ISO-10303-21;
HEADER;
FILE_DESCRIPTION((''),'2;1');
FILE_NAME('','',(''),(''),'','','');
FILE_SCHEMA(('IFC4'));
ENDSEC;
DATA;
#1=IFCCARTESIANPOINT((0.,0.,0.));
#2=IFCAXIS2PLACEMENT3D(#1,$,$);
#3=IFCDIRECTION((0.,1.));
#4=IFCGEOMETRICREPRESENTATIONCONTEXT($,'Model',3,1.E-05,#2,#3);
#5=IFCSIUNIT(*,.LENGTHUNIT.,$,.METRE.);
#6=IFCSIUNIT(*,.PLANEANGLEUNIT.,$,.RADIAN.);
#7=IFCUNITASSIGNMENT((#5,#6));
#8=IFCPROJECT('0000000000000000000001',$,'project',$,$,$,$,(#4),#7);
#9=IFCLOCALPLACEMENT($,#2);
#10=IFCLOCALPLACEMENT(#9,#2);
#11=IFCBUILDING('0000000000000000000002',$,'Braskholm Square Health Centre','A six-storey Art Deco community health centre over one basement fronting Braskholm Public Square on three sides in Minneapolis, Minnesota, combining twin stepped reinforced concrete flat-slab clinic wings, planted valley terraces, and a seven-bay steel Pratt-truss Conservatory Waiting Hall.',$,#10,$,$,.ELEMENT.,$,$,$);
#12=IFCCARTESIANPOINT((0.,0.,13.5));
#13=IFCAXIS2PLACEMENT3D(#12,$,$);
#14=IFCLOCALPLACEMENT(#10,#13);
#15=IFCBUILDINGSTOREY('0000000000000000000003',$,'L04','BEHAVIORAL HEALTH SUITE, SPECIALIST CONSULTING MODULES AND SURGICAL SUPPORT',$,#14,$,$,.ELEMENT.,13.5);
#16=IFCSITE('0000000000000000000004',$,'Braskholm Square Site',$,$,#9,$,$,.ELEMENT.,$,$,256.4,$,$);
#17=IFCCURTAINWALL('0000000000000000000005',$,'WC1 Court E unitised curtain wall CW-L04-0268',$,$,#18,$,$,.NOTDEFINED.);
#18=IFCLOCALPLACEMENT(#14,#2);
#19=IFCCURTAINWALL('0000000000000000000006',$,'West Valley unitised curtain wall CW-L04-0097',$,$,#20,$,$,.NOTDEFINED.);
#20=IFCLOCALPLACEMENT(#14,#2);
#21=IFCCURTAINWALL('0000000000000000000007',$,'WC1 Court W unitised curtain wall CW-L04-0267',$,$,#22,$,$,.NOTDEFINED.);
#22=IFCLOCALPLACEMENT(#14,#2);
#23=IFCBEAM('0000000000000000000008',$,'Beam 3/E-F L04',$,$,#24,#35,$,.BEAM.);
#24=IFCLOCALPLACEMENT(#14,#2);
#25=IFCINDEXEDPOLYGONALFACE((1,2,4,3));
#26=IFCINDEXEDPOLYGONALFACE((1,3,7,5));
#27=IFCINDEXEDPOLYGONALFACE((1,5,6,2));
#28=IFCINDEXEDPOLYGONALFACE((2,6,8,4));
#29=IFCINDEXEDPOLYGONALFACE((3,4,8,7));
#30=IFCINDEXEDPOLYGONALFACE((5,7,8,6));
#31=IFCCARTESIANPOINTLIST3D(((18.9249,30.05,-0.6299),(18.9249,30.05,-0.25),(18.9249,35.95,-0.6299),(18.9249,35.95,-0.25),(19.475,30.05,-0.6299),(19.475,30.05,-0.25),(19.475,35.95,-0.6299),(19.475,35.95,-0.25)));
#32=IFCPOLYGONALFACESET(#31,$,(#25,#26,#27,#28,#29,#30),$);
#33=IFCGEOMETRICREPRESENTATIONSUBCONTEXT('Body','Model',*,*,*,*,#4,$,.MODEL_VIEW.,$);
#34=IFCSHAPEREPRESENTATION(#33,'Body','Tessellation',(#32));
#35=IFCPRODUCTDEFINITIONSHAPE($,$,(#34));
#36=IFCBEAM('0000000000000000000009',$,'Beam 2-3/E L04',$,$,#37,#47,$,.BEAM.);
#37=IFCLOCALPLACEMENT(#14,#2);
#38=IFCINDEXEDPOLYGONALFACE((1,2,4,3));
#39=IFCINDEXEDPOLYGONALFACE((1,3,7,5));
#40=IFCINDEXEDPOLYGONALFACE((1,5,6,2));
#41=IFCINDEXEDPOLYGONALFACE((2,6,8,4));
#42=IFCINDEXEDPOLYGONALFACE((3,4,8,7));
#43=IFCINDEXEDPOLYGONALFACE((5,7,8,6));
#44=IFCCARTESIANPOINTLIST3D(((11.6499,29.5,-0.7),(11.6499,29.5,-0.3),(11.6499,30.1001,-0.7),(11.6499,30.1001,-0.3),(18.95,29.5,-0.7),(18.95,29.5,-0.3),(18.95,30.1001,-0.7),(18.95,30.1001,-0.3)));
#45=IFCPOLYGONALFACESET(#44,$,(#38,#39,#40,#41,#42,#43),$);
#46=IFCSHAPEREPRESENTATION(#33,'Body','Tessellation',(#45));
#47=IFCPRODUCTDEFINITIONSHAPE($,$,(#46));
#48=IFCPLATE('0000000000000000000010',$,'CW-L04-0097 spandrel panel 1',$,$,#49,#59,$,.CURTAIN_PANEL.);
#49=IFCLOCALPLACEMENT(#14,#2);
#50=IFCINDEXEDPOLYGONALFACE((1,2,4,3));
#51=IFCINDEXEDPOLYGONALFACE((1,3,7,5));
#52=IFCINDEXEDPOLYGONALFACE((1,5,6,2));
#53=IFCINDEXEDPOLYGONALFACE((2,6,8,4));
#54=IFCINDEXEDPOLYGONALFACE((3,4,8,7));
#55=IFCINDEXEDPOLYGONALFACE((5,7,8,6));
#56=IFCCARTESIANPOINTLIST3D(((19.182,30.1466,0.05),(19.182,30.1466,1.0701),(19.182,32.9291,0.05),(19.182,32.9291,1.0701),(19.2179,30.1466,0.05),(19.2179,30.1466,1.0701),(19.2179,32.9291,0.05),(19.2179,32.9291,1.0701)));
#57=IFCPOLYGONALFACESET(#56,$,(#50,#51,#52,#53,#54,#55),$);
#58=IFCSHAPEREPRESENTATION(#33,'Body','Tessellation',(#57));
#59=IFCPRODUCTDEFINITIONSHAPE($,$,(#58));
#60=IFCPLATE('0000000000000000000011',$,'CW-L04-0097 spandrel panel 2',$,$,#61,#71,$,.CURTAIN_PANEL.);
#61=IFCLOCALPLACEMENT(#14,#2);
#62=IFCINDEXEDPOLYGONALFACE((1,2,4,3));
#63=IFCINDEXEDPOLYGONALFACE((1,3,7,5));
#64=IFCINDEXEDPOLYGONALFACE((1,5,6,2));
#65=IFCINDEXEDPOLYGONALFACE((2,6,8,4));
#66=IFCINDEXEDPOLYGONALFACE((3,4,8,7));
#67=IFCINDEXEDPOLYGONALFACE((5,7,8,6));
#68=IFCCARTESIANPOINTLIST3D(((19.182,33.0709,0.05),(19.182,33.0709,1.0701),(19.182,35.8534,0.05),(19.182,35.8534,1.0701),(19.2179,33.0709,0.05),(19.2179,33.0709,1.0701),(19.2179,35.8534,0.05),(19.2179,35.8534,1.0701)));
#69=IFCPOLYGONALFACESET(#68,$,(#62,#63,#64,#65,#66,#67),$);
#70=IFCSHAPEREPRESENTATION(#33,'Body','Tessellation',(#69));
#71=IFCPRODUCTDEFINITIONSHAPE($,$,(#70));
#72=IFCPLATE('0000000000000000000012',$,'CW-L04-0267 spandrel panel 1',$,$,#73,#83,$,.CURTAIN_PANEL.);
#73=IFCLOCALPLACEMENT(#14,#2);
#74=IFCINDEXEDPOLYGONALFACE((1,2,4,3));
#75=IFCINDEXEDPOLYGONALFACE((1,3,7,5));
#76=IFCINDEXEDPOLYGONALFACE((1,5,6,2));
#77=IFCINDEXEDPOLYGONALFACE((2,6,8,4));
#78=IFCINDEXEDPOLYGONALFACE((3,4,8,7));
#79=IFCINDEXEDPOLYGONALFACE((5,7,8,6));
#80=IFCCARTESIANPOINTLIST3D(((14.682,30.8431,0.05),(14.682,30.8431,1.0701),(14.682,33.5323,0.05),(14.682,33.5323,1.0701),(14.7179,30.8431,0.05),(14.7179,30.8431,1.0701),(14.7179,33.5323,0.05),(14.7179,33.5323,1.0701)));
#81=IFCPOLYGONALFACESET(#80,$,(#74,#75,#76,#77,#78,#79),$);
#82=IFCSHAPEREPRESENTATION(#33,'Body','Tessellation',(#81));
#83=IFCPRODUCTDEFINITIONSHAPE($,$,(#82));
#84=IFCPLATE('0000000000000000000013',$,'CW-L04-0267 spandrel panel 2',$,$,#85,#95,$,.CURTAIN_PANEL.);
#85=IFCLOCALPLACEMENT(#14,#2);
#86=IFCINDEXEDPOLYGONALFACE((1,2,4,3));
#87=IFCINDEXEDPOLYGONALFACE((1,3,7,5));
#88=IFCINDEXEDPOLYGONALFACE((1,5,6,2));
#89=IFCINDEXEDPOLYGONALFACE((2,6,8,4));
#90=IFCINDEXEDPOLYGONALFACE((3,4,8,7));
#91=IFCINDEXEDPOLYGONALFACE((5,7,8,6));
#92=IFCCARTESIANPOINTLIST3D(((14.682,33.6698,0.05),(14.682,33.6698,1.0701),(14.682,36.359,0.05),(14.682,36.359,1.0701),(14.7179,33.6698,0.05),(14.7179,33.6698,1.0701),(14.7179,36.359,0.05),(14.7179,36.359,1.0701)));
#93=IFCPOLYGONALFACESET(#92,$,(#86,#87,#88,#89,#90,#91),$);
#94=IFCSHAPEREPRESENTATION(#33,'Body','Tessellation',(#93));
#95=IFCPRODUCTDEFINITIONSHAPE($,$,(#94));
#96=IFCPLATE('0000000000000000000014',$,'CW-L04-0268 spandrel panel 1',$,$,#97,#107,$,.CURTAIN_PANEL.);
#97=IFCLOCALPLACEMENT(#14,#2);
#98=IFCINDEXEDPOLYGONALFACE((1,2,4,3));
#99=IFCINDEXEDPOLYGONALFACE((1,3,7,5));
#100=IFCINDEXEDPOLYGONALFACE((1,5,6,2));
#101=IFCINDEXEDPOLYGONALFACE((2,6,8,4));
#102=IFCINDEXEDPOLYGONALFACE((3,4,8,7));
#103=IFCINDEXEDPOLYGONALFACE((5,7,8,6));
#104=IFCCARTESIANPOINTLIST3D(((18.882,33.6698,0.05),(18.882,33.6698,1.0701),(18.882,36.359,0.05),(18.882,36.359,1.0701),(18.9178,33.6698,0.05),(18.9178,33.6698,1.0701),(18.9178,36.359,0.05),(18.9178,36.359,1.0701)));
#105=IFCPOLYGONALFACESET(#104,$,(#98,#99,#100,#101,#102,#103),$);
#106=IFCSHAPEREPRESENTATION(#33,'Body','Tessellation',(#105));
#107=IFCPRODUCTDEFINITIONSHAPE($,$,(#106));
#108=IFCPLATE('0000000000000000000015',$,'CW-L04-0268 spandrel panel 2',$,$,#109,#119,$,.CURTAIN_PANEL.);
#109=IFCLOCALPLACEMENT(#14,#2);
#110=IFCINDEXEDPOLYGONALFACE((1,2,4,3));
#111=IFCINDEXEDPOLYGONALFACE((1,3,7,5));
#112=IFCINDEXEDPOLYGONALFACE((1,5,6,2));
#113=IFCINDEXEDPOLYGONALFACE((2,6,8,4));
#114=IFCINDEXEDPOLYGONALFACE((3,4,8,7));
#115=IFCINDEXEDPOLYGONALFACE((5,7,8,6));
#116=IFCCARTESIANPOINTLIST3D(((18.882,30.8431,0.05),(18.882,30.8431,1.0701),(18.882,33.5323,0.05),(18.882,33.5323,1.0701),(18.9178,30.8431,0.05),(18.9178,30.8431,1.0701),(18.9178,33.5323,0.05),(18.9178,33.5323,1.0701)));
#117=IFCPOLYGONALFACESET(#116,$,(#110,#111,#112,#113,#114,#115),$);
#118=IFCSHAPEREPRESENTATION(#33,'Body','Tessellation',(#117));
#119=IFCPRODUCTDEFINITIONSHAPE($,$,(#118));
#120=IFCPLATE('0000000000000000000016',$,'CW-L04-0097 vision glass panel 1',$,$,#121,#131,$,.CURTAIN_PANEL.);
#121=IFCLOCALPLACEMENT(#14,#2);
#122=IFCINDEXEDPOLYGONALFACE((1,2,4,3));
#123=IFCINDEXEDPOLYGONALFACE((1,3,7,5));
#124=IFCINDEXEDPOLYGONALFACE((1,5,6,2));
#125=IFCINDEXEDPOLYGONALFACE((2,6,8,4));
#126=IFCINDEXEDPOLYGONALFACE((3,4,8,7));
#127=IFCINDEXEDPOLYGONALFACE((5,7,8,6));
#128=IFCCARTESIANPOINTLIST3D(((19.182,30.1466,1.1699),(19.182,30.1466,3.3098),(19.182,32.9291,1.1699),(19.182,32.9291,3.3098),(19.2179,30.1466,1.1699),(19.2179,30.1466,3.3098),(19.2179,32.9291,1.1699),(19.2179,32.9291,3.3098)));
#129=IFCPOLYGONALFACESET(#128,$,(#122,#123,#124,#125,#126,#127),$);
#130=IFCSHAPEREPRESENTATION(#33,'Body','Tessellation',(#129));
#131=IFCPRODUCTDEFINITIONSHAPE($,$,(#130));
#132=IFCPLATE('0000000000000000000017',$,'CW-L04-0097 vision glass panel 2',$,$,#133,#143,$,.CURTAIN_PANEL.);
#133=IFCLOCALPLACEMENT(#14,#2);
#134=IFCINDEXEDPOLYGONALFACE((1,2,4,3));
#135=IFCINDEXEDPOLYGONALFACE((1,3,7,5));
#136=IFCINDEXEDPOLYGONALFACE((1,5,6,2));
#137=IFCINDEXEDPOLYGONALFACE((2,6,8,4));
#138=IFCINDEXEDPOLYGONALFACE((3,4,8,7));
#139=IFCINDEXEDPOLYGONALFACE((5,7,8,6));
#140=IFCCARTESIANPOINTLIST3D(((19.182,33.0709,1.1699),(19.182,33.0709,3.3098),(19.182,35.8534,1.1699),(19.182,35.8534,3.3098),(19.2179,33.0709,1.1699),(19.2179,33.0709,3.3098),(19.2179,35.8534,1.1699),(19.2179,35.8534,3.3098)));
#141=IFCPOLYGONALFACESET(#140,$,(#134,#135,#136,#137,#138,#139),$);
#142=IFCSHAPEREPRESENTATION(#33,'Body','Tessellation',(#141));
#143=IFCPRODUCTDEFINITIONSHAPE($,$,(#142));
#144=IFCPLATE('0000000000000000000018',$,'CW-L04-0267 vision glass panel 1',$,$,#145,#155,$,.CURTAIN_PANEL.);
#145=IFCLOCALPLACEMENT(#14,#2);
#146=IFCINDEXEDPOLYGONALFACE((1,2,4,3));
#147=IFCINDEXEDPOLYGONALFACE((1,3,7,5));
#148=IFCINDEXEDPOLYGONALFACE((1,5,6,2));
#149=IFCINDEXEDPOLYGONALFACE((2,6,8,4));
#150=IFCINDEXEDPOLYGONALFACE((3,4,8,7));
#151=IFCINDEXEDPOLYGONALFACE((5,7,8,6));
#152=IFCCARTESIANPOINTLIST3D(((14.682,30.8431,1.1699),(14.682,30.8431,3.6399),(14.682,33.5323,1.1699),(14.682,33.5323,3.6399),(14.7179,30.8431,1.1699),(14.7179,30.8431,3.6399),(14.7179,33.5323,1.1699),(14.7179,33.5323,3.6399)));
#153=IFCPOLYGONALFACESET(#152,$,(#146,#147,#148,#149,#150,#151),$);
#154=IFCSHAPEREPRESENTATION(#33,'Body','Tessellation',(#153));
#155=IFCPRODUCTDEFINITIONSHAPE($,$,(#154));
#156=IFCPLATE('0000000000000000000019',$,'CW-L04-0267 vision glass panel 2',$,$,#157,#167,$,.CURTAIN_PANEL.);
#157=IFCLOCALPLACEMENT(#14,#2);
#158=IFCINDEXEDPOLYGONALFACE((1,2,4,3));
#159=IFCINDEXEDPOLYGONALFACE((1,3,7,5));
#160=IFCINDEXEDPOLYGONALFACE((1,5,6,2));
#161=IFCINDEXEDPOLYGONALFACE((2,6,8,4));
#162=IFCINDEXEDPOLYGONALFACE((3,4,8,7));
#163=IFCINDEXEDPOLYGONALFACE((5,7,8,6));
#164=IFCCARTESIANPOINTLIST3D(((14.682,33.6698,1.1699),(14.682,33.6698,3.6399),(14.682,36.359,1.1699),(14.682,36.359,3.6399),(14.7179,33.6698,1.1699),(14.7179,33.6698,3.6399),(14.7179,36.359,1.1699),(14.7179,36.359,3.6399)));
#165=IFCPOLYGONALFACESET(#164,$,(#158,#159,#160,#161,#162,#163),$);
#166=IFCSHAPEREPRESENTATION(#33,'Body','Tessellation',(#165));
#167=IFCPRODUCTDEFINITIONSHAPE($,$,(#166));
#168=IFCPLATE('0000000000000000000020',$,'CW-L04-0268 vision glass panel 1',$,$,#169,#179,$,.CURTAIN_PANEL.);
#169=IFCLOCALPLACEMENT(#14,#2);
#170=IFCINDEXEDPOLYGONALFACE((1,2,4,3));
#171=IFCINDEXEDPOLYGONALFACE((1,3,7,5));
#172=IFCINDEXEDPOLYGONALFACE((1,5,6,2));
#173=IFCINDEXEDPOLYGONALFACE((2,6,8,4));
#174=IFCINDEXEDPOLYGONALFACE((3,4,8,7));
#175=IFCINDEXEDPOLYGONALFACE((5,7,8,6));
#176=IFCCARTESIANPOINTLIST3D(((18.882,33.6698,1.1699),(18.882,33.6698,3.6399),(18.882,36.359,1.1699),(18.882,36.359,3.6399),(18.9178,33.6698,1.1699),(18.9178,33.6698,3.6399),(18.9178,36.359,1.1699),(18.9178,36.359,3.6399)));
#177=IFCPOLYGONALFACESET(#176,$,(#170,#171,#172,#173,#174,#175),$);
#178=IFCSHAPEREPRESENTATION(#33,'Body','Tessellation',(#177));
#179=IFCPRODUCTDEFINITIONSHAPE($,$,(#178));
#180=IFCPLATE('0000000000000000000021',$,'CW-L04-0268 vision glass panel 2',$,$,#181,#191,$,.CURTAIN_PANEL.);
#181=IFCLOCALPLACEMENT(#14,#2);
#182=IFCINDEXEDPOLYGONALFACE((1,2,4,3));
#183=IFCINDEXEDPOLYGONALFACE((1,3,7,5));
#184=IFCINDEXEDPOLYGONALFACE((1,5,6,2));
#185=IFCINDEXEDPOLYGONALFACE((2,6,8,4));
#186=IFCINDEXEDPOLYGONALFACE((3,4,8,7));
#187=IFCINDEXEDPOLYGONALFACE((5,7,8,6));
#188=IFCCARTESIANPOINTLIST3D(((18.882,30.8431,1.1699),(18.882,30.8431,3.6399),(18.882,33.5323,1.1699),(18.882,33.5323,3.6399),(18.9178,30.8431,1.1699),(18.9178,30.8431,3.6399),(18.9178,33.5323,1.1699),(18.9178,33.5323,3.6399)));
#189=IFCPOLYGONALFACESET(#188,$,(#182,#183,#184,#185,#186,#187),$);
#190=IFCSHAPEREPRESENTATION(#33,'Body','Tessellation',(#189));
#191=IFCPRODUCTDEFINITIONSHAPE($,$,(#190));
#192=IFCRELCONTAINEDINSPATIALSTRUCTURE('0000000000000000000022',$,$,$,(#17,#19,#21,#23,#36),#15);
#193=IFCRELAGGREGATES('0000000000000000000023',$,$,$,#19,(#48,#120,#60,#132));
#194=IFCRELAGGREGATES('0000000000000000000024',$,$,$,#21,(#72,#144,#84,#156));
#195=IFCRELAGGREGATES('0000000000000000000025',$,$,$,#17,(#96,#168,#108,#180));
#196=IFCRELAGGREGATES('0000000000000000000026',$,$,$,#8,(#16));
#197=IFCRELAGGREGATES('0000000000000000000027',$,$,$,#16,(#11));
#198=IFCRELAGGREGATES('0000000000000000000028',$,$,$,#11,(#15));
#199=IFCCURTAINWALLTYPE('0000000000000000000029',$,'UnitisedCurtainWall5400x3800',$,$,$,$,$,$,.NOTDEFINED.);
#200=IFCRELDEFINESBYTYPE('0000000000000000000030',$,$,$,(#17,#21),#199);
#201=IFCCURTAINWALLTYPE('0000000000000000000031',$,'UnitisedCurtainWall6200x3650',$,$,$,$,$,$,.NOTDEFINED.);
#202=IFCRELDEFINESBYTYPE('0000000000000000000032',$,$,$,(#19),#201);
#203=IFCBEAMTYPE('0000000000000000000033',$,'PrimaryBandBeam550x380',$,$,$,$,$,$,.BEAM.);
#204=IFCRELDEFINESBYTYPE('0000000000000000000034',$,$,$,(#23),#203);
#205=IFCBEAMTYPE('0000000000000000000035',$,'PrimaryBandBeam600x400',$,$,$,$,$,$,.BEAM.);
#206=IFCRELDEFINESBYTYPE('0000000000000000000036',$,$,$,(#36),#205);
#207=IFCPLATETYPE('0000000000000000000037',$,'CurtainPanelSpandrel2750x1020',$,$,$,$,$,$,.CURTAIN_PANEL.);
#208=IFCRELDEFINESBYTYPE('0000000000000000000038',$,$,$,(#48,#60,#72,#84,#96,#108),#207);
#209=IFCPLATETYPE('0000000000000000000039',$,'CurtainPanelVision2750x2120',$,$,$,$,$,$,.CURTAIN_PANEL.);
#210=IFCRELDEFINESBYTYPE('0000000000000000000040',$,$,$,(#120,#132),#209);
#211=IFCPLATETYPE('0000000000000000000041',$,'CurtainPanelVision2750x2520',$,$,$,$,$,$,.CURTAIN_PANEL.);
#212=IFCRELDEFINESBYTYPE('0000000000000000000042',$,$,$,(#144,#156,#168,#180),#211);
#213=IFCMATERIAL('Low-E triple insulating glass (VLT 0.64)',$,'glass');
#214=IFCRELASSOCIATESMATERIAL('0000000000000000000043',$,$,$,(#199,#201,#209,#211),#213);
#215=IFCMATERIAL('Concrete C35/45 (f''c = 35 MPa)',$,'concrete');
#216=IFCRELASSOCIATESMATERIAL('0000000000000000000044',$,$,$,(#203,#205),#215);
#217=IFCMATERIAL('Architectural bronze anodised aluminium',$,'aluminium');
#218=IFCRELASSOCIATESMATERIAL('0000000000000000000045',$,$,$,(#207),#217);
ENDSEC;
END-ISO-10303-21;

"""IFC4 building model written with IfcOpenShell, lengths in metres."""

from ifc_helpers import new_model, si_unit, direction, frame, origin, origin_2d, place, context, subcontext, project, spatial, rectangle, extrude, material, material_profile, profile_set, type_object, element, aggregate, save


model = new_model("IFC4")

# Units and contexts
model_context = context("Model", 3, precision=1e-05, world=origin(), true_north=direction((0.0, 1.0)))
body_context = subcontext(model_context, "Body", "Model", "MODEL_VIEW")
ifc_project = project(units=[si_unit("LENGTHUNIT", "METRE"), si_unit("PLANEANGLEUNIT", "RADIAN")], contexts=[model_context])

# Site, building, storey
site_placement = place(None, origin())
site = spatial("IfcSite", under=ifc_project, at=site_placement, Name="Braskholm Square Site", CompositionType="ELEMENT", RefElevation=256.4)
building_placement = place(site_placement, origin())
building = spatial("IfcBuilding", under=site, at=building_placement, Name="Braskholm Square Health Centre", Description="A six-storey Art Deco community health centre over one basement fronting Braskholm Public Square on three sides in Minneapolis, Minnesota, combining twin stepped reinforced concrete flat-slab clinic wings, planted valley terraces, and a seven-bay steel Pratt-truss Conservatory Waiting Hall.", CompositionType="ELEMENT")
storey_placement = place(building_placement, frame((0.0, 0.0, 13.5)))
storey = spatial("IfcBuildingStorey", under=building, at=storey_placement, Name="L04", Description="BEHAVIORAL HEALTH SUITE, SPECIALIST CONSULTING MODULES AND SURGICAL SUPPORT", CompositionType="ELEMENT", Elevation=13.5)

# Curtain walls
ifc_material_1 = material(Name="Low-E triple insulating glass (VLT 0.64)", Category="glass")
curtain_wall_type_1 = type_object("IfcCurtainWallType", Name="UnitisedCurtainWall5400x3800", PredefinedType="NOTDEFINED", material=ifc_material_1)
curtain_wall_1_placement = place(storey_placement, origin())
curtain_wall_1 = element("IfcCurtainWall", 1, at=curtain_wall_1_placement, inside=storey, type_object=curtain_wall_type_1, Name="WC1 Court E unitised curtain wall CW-L04-0268", PredefinedType="NOTDEFINED")
ifc_material_2 = material(Name="Architectural bronze anodised aluminium", Category="aluminium")
curtain_wall_type_2 = type_object("IfcCurtainWallType", Name="UnitisedCurtainWall6200x3650", PredefinedType="NOTDEFINED", material=ifc_material_1)
curtain_wall_2_placement = place(storey_placement, origin())
curtain_wall_2 = element("IfcCurtainWall", 2, at=curtain_wall_2_placement, inside=storey, type_object=curtain_wall_type_2, Name="West Valley unitised curtain wall CW-L04-0097", PredefinedType="NOTDEFINED")
curtain_wall_3_placement = place(storey_placement, origin())
curtain_wall_3 = element("IfcCurtainWall", 3, at=curtain_wall_3_placement, inside=storey, type_object=curtain_wall_type_1, Name="WC1 Court W unitised curtain wall CW-L04-0267", PredefinedType="NOTDEFINED")

# Beams
ifc_material_3 = material(Name="Concrete C35/45 (f'c = 35 MPa)", Category="concrete")
ifc_material_profile_1 = material_profile(ifc_material_3, rectangle(XDim=0.55, YDim=0.3799, at=origin_2d()), Name="RCB-550X380")
ifc_profile_set_1 = profile_set([ifc_material_profile_1], Name="Concrete C35/45 (f'c = 35 MPa)")
beam_type_1 = type_object("IfcBeamType", Name="PrimaryBandBeam550x380", PredefinedType="BEAM", material=ifc_profile_set_1)
for number, where, z_axis, x_axis, name in (
    (4, (19.2, 30.05, -0.4399), (0.0, 1.0, 0.0), (-1.0, 0.0, 0.0), "Beam 3/E-F L04"),
):
    element("IfcBeam", number, at=place(storey_placement, frame(where, z_axis=z_axis, x_axis=x_axis)), inside=storey, type_object=beam_type_1, Name=name, PredefinedType="BEAM", context=body_context, shape_type="SweptSolid", body=[
        extrude(rectangle(XDim=0.55, YDim=0.3799, at=origin_2d()), origin(), (0.0, 0.0, 1.0), 5.8999),
    ])
ifc_material_profile_2 = material_profile(ifc_material_3, rectangle(XDim=0.6001, YDim=0.3999, at=origin_2d()), Name="RCB-600X400")
ifc_profile_set_2 = profile_set([ifc_material_profile_2], Name="Concrete C35/45 (f'c = 35 MPa)")
beam_type_2 = type_object("IfcBeamType", Name="PrimaryBandBeam600x400", PredefinedType="BEAM", material=ifc_profile_set_2)
beam_placement = place(storey_placement, frame((11.6499, 29.8, -0.5), z_axis=(1.0, 0.0, 0.0), x_axis=(0.0, 1.0, 0.0)))
element("IfcBeam", 5, at=beam_placement, inside=storey, type_object=beam_type_2, Name="Beam 2-3/E L04", PredefinedType="BEAM", context=body_context, shape_type="SweptSolid", body=[
    extrude(rectangle(XDim=0.6001, YDim=0.3999, at=origin_2d()), origin(), (0.0, 0.0, 1.0), 7.3),
])

# Plates
plate_type_1 = type_object("IfcPlateType", Name="CurtainPanelSpandrel2750x1020", PredefinedType="CURTAIN_PANEL", material=ifc_material_2)
plate_1_placement = place(storey_placement, frame((19.2, 31.5378, 0.05), z_axis=(0.0, 0.0, 1.0), x_axis=(0.0, 1.0, 0.0)))
plate_1 = element("IfcPlate", 6, at=plate_1_placement, type_object=plate_type_1, Name="CW-L04-0097 spandrel panel 1", PredefinedType="CURTAIN_PANEL", context=body_context, shape_type="SweptSolid", body=[
    extrude(rectangle(XDim=2.7825, YDim=0.0359, at=origin_2d()), origin(), (0.0, 0.0, 1.0), 1.02),
])
plate_2_placement = place(storey_placement, frame((19.2, 34.4622, 0.05), z_axis=(0.0, 0.0, 1.0), x_axis=(0.0, 1.0, 0.0)))
plate_2 = element("IfcPlate", 7, at=plate_2_placement, type_object=plate_type_1, Name="CW-L04-0097 spandrel panel 2", PredefinedType="CURTAIN_PANEL", context=body_context, shape_type="SweptSolid", body=[
    extrude(rectangle(XDim=2.7825, YDim=0.0359, at=origin_2d()), origin(), (0.0, 0.0, 1.0), 1.02),
])
plate_3_placement = place(storey_placement, frame((14.7, 32.1877, 0.05), z_axis=(0.0, 0.0, 1.0), x_axis=(0.0, 1.0, 0.0)))
plate_3 = element("IfcPlate", 8, at=plate_3_placement, type_object=plate_type_1, Name="CW-L04-0267 spandrel panel 1", PredefinedType="CURTAIN_PANEL", context=body_context, shape_type="SweptSolid", body=[
    extrude(rectangle(XDim=2.6892, YDim=0.0359, at=origin_2d()), origin(), (0.0, 0.0, 1.0), 1.02),
])
plate_4_placement = place(storey_placement, frame((14.7, 35.0144, 0.05), z_axis=(0.0, 0.0, 1.0), x_axis=(0.0, 1.0, 0.0)))
plate_4 = element("IfcPlate", 9, at=plate_4_placement, type_object=plate_type_1, Name="CW-L04-0267 spandrel panel 2", PredefinedType="CURTAIN_PANEL", context=body_context, shape_type="SweptSolid", body=[
    extrude(rectangle(XDim=2.6892, YDim=0.0359, at=origin_2d()), origin(), (0.0, 0.0, 1.0), 1.02),
])
plate_5_placement = place(storey_placement, frame((18.8999, 35.0144, 0.05), z_axis=(0.0, 0.0, 1.0), x_axis=(0.0, -1.0, 0.0)))
plate_5 = element("IfcPlate", 10, at=plate_5_placement, type_object=plate_type_1, Name="CW-L04-0268 spandrel panel 1", PredefinedType="CURTAIN_PANEL", context=body_context, shape_type="SweptSolid", body=[
    extrude(rectangle(XDim=2.6892, YDim=0.0359, at=origin_2d()), origin(), (0.0, 0.0, 1.0), 1.02),
])
plate_6_placement = place(storey_placement, frame((18.8999, 32.1877, 0.05), z_axis=(0.0, 0.0, 1.0), x_axis=(0.0, -1.0, 0.0)))
plate_6 = element("IfcPlate", 11, at=plate_6_placement, type_object=plate_type_1, Name="CW-L04-0268 spandrel panel 2", PredefinedType="CURTAIN_PANEL", context=body_context, shape_type="SweptSolid", body=[
    extrude(rectangle(XDim=2.6892, YDim=0.0359, at=origin_2d()), origin(), (0.0, 0.0, 1.0), 1.02),
])
plate_type_2 = type_object("IfcPlateType", Name="CurtainPanelVision2750x2120", PredefinedType="CURTAIN_PANEL", material=ifc_material_1)
plate_7_placement = place(storey_placement, frame((19.2, 31.5378, 1.1699), z_axis=(0.0, 0.0, 1.0), x_axis=(0.0, 1.0, 0.0)))
plate_7 = element("IfcPlate", 12, at=plate_7_placement, type_object=plate_type_2, Name="CW-L04-0097 vision glass panel 1", PredefinedType="CURTAIN_PANEL", context=body_context, shape_type="SweptSolid", body=[
    extrude(rectangle(XDim=2.7825, YDim=0.0359, at=origin_2d()), origin(), (0.0, 0.0, 1.0), 2.1399),
])
plate_8_placement = place(storey_placement, frame((19.2, 34.4622, 1.1699), z_axis=(0.0, 0.0, 1.0), x_axis=(0.0, 1.0, 0.0)))
plate_8 = element("IfcPlate", 13, at=plate_8_placement, type_object=plate_type_2, Name="CW-L04-0097 vision glass panel 2", PredefinedType="CURTAIN_PANEL", context=body_context, shape_type="SweptSolid", body=[
    extrude(rectangle(XDim=2.7825, YDim=0.0359, at=origin_2d()), origin(), (0.0, 0.0, 1.0), 2.1399),
])
aggregate(curtain_wall_2, [plate_1, plate_7, plate_2, plate_8])
plate_type_3 = type_object("IfcPlateType", Name="CurtainPanelVision2750x2520", PredefinedType="CURTAIN_PANEL", material=ifc_material_1)
plate_9_placement = place(storey_placement, frame((14.7, 32.1877, 1.1699), z_axis=(0.0, 0.0, 1.0), x_axis=(0.0, 1.0, 0.0)))
plate_9 = element("IfcPlate", 14, at=plate_9_placement, type_object=plate_type_3, Name="CW-L04-0267 vision glass panel 1", PredefinedType="CURTAIN_PANEL", context=body_context, shape_type="SweptSolid", body=[
    extrude(rectangle(XDim=2.6892, YDim=0.0359, at=origin_2d()), origin(), (0.0, 0.0, 1.0), 2.47),
])
plate_10_placement = place(storey_placement, frame((14.7, 35.0144, 1.1699), z_axis=(0.0, 0.0, 1.0), x_axis=(0.0, 1.0, 0.0)))
plate_10 = element("IfcPlate", 15, at=plate_10_placement, type_object=plate_type_3, Name="CW-L04-0267 vision glass panel 2", PredefinedType="CURTAIN_PANEL", context=body_context, shape_type="SweptSolid", body=[
    extrude(rectangle(XDim=2.6892, YDim=0.0359, at=origin_2d()), origin(), (0.0, 0.0, 1.0), 2.47),
])
aggregate(curtain_wall_3, [plate_3, plate_9, plate_4, plate_10])
plate_11_placement = place(storey_placement, frame((18.8999, 35.0144, 1.1699), z_axis=(0.0, 0.0, 1.0), x_axis=(0.0, -1.0, 0.0)))
plate_11 = element("IfcPlate", 16, at=plate_11_placement, type_object=plate_type_3, Name="CW-L04-0268 vision glass panel 1", PredefinedType="CURTAIN_PANEL", context=body_context, shape_type="SweptSolid", body=[
    extrude(rectangle(XDim=2.6892, YDim=0.0359, at=origin_2d()), origin(), (0.0, 0.0, 1.0), 2.47),
])
plate_12_placement = place(storey_placement, frame((18.8999, 32.1877, 1.1699), z_axis=(0.0, 0.0, 1.0), x_axis=(0.0, -1.0, 0.0)))
plate_12 = element("IfcPlate", 17, at=plate_12_placement, type_object=plate_type_3, Name="CW-L04-0268 vision glass panel 2", PredefinedType="CURTAIN_PANEL", context=body_context, shape_type="SweptSolid", body=[
    extrude(rectangle(XDim=2.6892, YDim=0.0359, at=origin_2d()), origin(), (0.0, 0.0, 1.0), 2.47),
])
aggregate(curtain_wall_1, [plate_5, plate_11, plate_6, plate_12])

save(model, "model.ifc")
